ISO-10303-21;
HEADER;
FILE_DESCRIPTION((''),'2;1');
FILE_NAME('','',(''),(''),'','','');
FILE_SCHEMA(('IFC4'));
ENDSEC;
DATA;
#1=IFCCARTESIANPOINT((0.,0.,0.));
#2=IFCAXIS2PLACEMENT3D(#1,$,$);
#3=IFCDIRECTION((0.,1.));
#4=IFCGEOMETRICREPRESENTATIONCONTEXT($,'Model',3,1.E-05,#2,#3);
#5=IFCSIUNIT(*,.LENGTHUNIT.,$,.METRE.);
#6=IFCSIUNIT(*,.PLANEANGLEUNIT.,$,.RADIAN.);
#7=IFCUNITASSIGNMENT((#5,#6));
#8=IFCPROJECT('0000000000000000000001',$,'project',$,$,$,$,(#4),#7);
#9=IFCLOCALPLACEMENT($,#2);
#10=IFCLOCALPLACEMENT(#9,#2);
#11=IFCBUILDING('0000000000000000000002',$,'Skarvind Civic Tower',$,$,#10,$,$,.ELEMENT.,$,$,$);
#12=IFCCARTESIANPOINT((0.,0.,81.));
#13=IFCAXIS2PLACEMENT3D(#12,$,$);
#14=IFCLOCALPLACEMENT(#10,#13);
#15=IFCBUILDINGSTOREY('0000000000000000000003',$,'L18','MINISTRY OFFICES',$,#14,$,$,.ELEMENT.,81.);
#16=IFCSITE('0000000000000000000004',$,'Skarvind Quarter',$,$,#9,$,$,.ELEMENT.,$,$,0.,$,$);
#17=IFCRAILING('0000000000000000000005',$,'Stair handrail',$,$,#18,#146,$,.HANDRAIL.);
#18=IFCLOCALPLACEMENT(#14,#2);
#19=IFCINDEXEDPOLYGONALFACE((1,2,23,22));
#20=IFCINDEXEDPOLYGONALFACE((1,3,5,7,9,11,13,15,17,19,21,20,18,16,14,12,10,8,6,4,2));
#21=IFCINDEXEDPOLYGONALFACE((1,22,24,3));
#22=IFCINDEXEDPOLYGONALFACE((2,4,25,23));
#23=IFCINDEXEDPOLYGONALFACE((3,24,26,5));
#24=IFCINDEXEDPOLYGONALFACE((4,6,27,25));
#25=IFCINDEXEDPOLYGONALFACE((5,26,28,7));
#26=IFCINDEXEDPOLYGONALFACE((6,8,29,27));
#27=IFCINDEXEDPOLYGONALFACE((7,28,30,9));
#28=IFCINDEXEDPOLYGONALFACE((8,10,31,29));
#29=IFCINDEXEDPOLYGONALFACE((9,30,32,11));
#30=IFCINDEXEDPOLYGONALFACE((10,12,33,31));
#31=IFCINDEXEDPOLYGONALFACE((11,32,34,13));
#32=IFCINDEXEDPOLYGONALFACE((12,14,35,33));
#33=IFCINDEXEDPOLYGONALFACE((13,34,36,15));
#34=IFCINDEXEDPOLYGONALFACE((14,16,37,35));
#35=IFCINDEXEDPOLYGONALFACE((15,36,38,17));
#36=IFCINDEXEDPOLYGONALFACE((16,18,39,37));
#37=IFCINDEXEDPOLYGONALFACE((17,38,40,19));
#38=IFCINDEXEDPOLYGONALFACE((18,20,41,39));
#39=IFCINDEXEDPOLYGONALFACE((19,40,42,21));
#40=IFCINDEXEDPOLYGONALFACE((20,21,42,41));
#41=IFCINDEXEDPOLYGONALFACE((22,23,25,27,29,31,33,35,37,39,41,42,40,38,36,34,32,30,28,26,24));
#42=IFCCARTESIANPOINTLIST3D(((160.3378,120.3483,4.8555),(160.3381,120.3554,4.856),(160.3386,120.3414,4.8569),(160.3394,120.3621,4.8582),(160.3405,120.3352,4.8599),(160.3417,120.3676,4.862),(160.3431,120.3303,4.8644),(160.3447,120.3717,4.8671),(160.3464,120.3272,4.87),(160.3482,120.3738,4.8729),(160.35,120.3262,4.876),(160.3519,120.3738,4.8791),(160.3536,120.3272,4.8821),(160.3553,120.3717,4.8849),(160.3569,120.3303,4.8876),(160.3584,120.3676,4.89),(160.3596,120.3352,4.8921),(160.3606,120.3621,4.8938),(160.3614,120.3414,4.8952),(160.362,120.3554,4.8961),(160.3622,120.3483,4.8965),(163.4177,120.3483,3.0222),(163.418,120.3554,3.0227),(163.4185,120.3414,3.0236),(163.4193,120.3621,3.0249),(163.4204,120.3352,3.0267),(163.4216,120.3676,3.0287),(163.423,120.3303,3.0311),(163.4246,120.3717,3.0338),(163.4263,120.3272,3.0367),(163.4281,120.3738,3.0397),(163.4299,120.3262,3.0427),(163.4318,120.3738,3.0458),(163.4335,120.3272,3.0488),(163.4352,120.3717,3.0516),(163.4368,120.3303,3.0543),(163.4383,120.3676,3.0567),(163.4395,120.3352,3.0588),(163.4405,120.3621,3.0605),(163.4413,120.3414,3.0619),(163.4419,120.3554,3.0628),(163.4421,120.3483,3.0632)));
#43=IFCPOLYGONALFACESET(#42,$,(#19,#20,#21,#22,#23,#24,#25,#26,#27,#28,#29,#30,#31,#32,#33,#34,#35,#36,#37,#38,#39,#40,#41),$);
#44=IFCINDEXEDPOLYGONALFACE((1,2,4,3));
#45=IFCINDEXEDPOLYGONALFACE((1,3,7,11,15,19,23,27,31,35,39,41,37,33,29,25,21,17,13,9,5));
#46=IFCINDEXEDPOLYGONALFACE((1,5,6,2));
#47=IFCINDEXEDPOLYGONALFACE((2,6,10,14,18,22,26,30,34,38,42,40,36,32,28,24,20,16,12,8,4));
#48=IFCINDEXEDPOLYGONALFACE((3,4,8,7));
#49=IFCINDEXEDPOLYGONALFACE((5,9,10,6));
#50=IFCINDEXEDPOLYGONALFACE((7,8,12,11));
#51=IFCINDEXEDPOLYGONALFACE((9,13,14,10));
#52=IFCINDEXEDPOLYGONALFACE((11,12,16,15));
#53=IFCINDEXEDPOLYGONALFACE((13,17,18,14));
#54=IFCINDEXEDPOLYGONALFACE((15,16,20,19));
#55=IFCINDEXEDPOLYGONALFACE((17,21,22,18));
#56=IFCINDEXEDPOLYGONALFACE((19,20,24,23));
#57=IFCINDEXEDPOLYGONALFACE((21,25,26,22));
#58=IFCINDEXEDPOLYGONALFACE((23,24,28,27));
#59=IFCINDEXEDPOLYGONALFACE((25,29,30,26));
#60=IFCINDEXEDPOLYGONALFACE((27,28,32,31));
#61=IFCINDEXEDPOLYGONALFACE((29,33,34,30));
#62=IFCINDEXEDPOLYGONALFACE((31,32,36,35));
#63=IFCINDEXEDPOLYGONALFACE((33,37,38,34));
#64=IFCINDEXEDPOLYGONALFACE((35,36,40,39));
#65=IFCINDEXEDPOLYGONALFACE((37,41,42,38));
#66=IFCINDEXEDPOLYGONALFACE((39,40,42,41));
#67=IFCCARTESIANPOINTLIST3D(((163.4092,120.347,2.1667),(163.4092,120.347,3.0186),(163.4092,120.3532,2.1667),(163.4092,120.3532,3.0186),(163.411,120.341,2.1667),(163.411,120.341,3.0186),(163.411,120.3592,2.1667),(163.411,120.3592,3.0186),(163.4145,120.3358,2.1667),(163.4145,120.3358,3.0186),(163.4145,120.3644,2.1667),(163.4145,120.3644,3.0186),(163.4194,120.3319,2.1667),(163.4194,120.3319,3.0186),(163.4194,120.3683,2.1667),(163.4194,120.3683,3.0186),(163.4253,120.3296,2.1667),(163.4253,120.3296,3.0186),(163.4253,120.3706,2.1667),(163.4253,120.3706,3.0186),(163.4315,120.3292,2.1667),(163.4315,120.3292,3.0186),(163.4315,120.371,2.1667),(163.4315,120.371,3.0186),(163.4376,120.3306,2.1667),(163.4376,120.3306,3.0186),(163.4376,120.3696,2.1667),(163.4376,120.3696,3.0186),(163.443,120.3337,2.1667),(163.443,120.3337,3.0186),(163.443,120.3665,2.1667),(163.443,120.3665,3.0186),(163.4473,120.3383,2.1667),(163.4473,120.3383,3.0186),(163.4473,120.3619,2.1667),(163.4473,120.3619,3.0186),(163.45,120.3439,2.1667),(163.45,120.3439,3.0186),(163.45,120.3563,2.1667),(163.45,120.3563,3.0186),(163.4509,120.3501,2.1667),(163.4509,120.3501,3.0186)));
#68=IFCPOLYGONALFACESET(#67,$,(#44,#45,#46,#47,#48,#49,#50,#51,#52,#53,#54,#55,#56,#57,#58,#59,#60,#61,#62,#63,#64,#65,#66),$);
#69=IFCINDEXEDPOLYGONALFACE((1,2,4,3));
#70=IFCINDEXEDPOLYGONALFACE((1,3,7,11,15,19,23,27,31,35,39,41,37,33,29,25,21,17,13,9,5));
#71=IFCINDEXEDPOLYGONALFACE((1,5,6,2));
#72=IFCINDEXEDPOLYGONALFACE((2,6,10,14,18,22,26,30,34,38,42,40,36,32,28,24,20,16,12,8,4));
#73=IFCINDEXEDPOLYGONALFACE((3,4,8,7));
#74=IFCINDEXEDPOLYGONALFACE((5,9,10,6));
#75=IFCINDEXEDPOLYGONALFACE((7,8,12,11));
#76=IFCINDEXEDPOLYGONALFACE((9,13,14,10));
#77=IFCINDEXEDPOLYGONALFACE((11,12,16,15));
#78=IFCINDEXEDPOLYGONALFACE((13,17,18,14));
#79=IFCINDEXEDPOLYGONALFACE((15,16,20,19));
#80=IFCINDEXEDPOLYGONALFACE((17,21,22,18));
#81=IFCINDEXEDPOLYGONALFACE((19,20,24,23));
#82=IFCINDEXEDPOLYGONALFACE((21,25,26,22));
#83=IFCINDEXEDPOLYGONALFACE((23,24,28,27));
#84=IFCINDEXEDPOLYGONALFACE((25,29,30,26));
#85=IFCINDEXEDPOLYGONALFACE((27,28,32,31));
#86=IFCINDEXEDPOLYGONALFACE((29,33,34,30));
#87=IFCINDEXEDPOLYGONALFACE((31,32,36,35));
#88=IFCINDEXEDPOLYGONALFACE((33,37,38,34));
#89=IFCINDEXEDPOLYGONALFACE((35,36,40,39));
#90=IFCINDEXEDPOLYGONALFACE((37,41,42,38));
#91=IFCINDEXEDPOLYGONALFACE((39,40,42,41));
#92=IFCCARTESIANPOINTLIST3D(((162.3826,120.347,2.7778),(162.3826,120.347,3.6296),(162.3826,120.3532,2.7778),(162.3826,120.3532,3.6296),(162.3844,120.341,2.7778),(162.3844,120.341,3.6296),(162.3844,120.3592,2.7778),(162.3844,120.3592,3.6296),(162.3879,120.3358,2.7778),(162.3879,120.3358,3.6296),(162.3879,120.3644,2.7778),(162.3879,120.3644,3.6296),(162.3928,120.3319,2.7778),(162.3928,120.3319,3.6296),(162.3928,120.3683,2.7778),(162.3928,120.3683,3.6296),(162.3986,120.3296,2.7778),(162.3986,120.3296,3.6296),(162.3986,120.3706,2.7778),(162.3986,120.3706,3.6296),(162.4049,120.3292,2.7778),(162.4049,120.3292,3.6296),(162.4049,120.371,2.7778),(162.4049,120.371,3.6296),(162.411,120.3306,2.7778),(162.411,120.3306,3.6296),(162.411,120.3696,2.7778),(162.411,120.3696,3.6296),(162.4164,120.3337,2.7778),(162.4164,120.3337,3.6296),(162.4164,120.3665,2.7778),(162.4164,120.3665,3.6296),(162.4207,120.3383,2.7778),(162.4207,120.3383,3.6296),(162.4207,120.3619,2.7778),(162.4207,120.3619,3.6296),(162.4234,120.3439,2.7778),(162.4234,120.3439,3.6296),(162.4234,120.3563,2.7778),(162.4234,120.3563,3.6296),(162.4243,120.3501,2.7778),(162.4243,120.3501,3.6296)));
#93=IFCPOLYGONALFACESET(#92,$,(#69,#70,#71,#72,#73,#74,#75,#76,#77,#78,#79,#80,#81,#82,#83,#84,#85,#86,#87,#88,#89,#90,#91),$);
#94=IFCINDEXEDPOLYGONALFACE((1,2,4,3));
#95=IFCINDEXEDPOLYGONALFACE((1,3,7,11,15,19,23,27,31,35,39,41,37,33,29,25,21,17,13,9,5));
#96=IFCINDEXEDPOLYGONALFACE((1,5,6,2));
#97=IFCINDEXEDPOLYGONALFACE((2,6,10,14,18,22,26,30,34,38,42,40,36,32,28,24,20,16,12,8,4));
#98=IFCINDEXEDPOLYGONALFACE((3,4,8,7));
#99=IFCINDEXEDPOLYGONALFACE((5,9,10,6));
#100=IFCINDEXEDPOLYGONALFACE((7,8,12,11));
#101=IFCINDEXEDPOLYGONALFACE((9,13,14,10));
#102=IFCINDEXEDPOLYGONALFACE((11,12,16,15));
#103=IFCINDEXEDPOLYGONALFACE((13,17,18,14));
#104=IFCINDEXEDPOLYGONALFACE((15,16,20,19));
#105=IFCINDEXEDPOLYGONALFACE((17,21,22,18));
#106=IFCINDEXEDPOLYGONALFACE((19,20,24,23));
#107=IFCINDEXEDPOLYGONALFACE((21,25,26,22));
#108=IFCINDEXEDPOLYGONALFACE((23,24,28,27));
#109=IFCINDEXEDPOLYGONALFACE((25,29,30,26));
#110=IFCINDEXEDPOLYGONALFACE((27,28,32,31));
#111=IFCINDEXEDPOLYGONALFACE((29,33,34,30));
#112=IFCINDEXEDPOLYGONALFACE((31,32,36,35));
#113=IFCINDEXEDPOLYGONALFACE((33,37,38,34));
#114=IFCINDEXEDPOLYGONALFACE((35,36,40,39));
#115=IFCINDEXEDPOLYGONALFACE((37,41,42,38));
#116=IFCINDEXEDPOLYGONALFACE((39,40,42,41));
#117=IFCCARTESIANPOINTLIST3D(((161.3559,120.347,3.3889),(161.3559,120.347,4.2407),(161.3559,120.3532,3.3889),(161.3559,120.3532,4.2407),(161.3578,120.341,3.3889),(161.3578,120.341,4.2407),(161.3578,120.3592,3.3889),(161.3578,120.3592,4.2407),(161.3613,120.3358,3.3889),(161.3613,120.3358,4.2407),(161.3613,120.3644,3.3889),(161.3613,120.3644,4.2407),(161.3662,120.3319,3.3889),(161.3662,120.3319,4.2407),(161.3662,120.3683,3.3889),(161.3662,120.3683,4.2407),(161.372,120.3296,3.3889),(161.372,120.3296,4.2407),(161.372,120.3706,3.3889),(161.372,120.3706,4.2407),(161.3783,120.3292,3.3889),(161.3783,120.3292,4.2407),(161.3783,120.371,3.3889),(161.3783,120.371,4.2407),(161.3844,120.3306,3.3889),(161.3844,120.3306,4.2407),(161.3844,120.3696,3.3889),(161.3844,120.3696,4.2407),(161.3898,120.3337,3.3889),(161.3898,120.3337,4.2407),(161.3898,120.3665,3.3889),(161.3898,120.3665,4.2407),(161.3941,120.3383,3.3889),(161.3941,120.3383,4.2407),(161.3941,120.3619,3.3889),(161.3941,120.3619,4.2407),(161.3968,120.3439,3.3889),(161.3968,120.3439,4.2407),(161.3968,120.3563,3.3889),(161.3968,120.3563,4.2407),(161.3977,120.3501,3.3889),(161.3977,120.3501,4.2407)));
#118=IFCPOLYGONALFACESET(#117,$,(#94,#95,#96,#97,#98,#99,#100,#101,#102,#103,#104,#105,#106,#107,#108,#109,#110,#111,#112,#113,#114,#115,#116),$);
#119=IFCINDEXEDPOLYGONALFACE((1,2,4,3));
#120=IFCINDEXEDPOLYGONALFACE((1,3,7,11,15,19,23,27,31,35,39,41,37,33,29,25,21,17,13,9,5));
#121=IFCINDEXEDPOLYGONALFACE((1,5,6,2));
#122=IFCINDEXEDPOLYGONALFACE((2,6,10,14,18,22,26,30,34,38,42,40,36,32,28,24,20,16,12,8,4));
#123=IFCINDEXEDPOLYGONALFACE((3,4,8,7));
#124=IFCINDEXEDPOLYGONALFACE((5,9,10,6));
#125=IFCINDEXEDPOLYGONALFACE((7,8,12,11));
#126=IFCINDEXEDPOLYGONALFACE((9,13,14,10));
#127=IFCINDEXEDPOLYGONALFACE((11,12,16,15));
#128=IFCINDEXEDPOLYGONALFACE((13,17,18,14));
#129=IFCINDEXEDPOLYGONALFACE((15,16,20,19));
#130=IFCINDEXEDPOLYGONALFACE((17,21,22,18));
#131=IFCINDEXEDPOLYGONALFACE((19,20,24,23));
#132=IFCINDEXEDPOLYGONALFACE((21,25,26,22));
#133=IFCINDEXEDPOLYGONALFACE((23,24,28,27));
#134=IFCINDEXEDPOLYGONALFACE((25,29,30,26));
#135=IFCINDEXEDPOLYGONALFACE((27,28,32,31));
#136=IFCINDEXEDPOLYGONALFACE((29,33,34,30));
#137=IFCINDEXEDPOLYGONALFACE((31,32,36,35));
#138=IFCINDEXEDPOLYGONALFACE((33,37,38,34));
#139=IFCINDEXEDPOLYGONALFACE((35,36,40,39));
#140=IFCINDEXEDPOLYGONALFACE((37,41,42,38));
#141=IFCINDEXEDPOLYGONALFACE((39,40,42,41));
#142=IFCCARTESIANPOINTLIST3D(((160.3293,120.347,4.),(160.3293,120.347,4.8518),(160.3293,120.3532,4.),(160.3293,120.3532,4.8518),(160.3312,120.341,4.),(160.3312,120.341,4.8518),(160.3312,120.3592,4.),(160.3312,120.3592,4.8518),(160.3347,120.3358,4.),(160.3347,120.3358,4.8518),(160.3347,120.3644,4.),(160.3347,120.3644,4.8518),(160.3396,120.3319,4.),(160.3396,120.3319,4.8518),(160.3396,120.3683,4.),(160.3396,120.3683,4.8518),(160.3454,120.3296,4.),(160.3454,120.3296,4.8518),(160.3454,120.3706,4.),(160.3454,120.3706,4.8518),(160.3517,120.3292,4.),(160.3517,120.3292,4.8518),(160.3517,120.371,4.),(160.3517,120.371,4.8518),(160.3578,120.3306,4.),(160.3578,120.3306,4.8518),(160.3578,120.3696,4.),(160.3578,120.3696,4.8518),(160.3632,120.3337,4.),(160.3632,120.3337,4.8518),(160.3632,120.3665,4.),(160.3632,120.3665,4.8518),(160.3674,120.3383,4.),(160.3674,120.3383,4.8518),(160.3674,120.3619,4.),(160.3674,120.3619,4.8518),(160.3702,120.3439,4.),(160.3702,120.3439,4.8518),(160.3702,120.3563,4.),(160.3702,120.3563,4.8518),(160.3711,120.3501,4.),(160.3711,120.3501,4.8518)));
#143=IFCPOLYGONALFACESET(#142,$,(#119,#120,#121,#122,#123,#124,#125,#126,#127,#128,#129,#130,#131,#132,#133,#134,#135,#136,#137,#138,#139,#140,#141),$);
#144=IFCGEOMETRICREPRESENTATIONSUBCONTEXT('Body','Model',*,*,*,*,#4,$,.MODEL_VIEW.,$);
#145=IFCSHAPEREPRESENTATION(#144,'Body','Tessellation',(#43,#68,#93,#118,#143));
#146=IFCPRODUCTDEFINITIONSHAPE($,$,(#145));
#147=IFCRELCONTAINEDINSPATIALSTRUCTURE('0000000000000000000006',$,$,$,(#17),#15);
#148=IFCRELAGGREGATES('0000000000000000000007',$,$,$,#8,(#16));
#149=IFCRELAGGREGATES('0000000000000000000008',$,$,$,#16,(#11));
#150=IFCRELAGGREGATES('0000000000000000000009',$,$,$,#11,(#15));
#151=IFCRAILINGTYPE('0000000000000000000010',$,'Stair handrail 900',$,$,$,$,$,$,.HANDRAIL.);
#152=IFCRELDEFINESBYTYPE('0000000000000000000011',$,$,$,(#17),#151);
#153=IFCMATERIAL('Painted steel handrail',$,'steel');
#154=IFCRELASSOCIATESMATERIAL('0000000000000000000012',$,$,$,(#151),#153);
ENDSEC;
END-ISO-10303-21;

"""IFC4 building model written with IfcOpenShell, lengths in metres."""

from ifc_helpers import new_model, si_unit, direction, frame, origin, origin_2d, place, context, subcontext, project, spatial, circle, extrude, material, type_object, element, save


model = new_model("IFC4")

# Units and contexts
model_context = context("Model", 3, precision=1e-05, world=origin(), true_north=direction((0.0, 1.0)))
body_context = subcontext(model_context, "Body", "Model", "MODEL_VIEW")
ifc_project = project(units=[si_unit("LENGTHUNIT", "METRE"), si_unit("PLANEANGLEUNIT", "RADIAN")], contexts=[model_context])

# Site, building, storey
site_placement = place(None, origin())
site = spatial("IfcSite", under=ifc_project, at=site_placement, Name="Skarvind Quarter", CompositionType="ELEMENT", RefElevation=0.0)
building_placement = place(site_placement, origin())
building = spatial("IfcBuilding", under=site, at=building_placement, Name="Skarvind Civic Tower", CompositionType="ELEMENT")
storey_placement = place(building_placement, frame((0.0, 0.0, 81.0)))
storey = spatial("IfcBuildingStorey", under=building, at=storey_placement, Name="L18", Description="MINISTRY OFFICES", CompositionType="ELEMENT", Elevation=81.0)

# Railing
ifc_material_1 = material(Name="Painted steel handrail", Category="steel")
railing_type = type_object("IfcRailingType", Name="Stair handrail 900", PredefinedType="HANDRAIL", material=ifc_material_1)
railing_placement = place(storey_placement, frame((163.4299, 120.3501, 2.1667)))
element("IfcRailing", 1, at=railing_placement, inside=storey, type_object=railing_type, Name="Stair handrail", PredefinedType="HANDRAIL", context=body_context, shape_type="SweptSolid", body=[
    extrude(circle(Radius=0.0239, at=origin_2d()), frame((0.0, 0.0, 0.876), z_axis=(-0.859291, 0.0, 0.511487), x_axis=(0.0, -1.0, 0.0)), (0.0, 0.0, 1.0), 3.5842),
    extrude(circle(Radius=0.021, at=origin_2d()), origin(), (0.0, 0.0, 1.0), 0.8518),
    extrude(circle(Radius=0.021, at=origin_2d()), frame((-1.0266, 0.0, 0.6111)), (0.0, 0.0, 1.0), 0.8518),
    extrude(circle(Radius=0.021, at=origin_2d()), frame((-2.0532, 0.0, 1.2222)), (0.0, 0.0, 1.0), 0.8518),
    extrude(circle(Radius=0.021, at=origin_2d()), frame((-3.0798, 0.0, 1.8333)), (0.0, 0.0, 1.0), 0.8518),
])

save(model, "model.ifc")
